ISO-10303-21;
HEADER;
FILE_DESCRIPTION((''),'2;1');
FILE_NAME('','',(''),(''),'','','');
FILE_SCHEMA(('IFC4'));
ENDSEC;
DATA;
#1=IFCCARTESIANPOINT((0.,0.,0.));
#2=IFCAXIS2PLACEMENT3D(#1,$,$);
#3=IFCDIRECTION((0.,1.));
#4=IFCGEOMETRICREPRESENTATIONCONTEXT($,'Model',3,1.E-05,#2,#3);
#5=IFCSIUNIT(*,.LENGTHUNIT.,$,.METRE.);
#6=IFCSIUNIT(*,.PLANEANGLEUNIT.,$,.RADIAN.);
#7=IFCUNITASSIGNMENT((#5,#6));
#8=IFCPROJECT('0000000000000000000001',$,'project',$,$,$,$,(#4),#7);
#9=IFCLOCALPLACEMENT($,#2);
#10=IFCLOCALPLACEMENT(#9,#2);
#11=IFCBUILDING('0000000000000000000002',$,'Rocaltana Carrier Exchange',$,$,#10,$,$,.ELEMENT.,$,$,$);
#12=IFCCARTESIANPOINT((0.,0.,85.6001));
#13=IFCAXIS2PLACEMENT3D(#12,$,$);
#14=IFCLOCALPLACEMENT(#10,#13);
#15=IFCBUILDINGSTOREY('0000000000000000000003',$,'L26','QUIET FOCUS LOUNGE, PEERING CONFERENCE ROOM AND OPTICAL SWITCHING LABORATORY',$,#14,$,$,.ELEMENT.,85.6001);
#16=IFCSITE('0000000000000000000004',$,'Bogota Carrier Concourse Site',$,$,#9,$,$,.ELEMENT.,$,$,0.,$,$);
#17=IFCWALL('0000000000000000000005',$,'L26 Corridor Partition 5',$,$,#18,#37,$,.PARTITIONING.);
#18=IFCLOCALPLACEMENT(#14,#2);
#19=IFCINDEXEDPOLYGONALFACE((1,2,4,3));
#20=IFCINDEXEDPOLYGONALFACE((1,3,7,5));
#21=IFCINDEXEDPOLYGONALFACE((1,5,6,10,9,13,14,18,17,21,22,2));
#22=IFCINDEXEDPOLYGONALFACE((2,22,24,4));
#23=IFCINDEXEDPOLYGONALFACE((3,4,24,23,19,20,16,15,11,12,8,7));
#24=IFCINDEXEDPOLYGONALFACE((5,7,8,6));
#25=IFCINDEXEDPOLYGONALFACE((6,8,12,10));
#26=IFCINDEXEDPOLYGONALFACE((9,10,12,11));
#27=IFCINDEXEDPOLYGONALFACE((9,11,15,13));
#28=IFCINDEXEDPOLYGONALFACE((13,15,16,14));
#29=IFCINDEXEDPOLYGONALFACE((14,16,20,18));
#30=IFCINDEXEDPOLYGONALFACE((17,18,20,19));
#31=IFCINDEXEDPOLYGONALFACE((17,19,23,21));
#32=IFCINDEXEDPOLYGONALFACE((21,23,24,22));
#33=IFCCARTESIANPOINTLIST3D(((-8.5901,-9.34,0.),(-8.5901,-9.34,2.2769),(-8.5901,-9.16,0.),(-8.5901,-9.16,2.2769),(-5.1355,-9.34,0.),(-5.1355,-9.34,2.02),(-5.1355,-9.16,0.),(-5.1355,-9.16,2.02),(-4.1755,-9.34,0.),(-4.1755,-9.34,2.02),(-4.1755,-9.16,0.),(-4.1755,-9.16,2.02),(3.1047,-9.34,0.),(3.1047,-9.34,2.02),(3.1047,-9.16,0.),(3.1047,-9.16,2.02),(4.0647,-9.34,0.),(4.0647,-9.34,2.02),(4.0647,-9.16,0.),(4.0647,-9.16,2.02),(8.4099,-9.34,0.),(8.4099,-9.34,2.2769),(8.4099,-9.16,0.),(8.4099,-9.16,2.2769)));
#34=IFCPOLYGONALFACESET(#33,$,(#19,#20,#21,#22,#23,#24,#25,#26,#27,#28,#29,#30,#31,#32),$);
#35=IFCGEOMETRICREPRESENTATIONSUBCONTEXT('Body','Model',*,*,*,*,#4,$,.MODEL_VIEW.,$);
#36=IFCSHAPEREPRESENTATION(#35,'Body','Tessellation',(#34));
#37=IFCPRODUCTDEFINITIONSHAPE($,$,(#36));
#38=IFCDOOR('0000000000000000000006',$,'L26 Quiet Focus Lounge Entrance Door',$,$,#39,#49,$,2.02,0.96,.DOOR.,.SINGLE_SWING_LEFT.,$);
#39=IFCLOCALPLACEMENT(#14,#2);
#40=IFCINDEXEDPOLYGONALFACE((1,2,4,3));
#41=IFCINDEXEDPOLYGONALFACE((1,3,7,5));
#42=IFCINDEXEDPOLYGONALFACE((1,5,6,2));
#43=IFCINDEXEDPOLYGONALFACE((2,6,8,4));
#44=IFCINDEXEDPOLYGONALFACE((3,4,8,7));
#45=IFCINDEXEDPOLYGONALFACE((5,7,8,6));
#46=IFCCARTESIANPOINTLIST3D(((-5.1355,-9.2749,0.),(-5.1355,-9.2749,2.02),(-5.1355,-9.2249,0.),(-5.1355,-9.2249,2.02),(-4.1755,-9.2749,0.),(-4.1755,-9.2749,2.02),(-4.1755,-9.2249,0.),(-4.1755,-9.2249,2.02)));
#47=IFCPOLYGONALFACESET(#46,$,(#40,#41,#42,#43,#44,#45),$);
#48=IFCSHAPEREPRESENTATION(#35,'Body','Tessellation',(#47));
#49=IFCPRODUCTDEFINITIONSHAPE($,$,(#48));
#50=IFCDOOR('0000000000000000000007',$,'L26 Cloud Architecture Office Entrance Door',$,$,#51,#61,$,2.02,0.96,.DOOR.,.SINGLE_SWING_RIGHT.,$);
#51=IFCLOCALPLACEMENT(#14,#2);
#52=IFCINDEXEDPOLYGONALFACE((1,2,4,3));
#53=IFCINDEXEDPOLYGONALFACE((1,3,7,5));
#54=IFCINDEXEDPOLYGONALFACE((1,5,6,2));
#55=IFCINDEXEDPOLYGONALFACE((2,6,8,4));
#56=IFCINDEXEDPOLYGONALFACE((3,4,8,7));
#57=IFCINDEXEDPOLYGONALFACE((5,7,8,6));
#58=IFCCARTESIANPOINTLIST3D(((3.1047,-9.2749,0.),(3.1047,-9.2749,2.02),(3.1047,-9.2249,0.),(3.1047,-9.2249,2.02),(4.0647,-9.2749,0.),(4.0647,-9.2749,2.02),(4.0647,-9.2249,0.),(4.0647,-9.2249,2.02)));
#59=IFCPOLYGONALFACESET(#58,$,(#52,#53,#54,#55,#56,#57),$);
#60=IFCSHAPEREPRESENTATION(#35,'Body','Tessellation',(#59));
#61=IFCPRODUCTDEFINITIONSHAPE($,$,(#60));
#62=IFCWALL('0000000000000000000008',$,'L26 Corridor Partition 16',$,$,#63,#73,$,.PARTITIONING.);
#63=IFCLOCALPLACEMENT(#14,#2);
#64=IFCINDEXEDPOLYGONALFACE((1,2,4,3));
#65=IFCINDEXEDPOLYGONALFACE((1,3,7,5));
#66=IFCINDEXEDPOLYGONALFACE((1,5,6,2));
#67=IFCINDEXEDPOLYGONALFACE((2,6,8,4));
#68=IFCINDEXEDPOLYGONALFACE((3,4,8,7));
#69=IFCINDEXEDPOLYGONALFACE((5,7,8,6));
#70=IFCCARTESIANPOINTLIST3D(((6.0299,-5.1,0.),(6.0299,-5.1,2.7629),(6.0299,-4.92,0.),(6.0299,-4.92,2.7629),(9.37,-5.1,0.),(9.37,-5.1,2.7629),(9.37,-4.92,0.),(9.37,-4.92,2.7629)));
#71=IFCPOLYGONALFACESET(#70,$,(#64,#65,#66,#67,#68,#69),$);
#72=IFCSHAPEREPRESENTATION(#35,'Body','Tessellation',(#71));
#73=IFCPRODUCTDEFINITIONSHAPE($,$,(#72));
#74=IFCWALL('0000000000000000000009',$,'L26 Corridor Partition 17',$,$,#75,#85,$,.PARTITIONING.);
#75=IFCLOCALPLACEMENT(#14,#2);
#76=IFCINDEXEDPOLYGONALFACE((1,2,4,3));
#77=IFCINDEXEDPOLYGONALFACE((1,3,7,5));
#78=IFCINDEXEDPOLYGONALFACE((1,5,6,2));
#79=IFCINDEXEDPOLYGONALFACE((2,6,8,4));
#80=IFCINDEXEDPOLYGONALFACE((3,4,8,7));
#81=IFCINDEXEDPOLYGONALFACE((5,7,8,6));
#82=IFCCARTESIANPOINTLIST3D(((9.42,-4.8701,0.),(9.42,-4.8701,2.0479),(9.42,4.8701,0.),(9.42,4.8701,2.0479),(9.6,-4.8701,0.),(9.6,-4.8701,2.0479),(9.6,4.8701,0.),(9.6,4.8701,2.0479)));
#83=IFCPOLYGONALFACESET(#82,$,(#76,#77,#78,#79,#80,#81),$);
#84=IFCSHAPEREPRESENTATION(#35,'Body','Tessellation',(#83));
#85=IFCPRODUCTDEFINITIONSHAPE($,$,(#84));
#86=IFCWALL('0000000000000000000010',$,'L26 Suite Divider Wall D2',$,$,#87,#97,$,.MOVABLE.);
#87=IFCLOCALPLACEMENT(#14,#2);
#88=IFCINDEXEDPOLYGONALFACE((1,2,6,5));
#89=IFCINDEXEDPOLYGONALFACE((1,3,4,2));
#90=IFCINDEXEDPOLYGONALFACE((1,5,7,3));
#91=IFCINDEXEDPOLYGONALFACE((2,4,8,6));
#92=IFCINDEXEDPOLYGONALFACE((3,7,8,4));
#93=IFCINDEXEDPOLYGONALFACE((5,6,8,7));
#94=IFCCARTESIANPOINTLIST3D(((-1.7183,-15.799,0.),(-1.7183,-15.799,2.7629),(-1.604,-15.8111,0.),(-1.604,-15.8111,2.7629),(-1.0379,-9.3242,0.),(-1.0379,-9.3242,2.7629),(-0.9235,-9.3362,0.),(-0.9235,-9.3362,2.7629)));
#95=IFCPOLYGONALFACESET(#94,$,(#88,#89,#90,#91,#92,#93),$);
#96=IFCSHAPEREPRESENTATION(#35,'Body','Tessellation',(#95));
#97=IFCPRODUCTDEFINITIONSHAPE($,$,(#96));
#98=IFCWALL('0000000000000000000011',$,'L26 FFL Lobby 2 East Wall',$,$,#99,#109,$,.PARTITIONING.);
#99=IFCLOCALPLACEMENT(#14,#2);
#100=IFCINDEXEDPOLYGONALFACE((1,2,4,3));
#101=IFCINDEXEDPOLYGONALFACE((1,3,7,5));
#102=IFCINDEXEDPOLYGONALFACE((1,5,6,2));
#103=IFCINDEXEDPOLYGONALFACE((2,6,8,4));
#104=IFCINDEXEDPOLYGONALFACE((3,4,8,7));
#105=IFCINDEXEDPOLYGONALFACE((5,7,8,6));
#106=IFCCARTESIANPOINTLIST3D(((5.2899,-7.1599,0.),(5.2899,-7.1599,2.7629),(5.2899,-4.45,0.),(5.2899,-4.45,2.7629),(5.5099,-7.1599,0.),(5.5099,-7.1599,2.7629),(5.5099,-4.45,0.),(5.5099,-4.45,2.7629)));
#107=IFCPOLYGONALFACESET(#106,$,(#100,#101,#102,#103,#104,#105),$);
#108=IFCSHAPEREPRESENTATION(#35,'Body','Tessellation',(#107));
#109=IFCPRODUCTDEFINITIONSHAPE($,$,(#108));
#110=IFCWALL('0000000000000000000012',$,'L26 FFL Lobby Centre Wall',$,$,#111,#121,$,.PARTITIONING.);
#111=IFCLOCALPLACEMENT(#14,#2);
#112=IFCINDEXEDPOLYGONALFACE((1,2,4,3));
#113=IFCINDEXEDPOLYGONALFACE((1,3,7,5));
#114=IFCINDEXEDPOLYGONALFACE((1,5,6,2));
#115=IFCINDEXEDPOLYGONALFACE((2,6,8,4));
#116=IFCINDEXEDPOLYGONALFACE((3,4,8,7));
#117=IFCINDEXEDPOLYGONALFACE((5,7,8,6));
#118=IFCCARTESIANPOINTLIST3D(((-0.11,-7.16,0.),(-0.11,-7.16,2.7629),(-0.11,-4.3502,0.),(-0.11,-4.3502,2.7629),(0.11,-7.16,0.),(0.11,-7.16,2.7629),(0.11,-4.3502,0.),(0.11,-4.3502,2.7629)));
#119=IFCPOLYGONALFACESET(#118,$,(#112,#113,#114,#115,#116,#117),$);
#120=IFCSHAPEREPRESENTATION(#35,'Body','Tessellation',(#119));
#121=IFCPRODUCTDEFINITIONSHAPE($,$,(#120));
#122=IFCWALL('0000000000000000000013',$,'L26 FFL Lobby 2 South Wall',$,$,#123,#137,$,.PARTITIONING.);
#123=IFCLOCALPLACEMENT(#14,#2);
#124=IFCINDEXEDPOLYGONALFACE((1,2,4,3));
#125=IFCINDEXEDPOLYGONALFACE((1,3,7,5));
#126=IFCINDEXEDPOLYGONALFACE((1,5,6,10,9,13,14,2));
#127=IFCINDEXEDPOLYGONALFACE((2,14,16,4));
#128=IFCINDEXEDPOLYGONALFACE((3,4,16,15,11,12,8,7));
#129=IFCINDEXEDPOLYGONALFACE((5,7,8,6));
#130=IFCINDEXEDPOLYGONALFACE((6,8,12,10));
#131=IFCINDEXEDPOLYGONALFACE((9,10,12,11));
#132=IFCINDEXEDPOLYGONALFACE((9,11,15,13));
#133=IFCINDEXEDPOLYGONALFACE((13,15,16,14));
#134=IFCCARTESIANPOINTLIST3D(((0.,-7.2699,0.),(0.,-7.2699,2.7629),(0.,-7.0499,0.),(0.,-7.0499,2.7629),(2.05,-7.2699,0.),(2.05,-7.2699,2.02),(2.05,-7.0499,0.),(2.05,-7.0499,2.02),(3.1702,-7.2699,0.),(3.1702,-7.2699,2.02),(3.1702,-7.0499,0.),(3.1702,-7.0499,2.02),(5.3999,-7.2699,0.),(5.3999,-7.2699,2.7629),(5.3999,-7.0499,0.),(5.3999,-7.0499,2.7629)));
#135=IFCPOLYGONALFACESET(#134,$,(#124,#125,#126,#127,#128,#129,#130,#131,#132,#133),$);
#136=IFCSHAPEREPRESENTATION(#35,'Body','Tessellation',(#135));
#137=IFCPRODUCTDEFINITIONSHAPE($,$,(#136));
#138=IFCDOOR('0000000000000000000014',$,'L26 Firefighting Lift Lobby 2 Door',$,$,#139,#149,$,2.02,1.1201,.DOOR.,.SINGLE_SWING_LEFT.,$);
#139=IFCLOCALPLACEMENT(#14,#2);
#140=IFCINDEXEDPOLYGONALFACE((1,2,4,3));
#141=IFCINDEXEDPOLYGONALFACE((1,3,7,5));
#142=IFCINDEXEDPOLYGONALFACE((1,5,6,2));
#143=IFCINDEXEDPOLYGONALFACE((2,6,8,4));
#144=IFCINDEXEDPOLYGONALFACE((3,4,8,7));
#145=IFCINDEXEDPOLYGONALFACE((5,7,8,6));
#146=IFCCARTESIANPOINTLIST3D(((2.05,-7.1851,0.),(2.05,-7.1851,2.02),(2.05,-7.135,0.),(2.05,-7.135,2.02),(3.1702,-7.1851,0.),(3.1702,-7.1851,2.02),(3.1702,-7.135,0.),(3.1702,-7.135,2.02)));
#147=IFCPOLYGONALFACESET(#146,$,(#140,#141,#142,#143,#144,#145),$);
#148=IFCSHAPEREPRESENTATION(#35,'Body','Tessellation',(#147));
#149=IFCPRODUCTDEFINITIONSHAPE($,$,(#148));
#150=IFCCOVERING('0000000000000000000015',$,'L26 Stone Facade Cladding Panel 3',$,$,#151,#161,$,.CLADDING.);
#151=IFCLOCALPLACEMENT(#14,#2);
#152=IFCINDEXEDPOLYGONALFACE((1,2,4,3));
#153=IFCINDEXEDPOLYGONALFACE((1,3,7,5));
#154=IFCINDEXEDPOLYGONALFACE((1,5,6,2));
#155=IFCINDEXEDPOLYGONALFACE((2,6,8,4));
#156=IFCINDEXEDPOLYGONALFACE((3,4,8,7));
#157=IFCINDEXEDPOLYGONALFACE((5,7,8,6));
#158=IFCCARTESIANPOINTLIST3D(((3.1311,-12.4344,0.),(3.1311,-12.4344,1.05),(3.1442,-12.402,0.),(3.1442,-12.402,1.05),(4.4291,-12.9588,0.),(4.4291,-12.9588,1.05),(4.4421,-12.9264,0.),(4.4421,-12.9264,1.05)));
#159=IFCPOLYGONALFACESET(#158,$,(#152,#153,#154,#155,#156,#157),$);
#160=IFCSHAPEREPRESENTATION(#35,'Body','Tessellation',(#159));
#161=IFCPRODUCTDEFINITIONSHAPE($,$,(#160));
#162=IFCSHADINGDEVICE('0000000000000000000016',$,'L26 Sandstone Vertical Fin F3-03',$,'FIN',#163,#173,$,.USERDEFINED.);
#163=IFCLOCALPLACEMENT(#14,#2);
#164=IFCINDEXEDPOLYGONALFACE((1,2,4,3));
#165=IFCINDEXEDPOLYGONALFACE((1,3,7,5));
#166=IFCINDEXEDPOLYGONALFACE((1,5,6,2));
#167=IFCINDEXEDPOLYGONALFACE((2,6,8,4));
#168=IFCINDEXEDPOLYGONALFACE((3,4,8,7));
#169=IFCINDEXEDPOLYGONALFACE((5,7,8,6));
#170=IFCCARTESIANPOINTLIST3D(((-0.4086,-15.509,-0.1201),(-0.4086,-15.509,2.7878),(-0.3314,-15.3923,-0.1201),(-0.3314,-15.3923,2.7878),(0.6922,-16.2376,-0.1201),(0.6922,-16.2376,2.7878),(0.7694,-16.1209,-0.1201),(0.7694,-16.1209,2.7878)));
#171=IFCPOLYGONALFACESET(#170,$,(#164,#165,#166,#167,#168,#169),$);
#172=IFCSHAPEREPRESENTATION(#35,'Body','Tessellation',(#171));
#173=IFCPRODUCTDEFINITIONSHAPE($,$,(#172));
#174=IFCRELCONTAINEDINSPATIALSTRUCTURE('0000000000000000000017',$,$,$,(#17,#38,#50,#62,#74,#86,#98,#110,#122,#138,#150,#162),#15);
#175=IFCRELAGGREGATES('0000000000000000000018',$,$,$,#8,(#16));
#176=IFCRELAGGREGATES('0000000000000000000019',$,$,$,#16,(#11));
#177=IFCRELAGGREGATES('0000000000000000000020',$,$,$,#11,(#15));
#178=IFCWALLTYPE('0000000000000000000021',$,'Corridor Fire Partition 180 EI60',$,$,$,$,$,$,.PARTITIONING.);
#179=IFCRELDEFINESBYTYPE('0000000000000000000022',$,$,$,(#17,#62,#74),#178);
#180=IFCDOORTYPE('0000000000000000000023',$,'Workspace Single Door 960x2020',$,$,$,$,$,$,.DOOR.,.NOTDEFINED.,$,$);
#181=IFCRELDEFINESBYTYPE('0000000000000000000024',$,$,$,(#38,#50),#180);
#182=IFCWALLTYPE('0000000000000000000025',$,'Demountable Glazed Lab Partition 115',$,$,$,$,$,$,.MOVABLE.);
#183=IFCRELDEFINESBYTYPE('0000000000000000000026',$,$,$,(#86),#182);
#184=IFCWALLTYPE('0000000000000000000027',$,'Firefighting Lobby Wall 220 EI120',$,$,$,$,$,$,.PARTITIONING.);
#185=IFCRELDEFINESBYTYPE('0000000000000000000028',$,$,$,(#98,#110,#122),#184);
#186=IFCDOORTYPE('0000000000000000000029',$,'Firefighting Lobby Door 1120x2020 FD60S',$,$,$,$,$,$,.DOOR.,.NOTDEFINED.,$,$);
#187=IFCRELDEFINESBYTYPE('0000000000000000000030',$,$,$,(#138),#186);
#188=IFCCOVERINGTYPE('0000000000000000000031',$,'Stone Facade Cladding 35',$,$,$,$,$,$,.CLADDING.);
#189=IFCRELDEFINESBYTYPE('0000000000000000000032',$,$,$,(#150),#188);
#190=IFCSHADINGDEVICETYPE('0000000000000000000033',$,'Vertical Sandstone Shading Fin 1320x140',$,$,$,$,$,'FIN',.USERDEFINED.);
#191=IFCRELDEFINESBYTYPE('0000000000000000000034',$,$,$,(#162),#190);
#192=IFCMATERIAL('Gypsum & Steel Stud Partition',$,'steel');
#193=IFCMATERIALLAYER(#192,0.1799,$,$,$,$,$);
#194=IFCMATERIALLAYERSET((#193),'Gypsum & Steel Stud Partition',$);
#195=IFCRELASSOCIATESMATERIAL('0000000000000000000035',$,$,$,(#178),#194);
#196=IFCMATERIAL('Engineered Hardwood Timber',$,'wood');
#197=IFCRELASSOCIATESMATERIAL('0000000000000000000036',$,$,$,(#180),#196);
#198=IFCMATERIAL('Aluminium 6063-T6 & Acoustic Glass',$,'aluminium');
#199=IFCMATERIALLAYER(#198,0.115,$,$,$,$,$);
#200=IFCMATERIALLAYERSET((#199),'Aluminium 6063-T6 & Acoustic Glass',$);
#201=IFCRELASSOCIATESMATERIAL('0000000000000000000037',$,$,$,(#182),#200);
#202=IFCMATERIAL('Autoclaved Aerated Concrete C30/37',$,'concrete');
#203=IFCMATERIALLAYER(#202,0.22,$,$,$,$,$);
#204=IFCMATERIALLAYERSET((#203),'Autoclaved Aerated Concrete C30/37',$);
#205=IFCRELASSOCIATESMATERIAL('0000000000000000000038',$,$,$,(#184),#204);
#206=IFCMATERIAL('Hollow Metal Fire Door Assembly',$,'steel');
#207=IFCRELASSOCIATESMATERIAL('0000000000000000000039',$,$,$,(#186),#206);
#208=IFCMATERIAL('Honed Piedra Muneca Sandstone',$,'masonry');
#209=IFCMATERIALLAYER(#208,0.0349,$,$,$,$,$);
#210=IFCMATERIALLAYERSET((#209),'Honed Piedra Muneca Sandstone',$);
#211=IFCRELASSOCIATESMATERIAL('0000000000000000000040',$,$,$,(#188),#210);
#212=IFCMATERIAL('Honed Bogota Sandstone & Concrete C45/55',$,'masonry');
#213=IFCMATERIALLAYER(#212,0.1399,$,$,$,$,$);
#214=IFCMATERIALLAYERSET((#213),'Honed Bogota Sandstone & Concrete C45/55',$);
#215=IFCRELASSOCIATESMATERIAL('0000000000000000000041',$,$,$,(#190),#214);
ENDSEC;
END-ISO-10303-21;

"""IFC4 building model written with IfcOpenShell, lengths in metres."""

from ifc_helpers import new_model, si_unit, direction, frame, frame_2d, origin, origin_2d, place, context, subcontext, project, spatial, rectangle, extrude, material, layer, layer_set, type_object, element, fill, save


model = new_model("IFC4")

# Units and contexts
model_context = context("Model", 3, precision=1e-05, world=origin(), true_north=direction((0.0, 1.0)))
body_context = subcontext(model_context, "Body", "Model", "MODEL_VIEW")
ifc_project = project(units=[si_unit("LENGTHUNIT", "METRE"), si_unit("PLANEANGLEUNIT", "RADIAN")], contexts=[model_context])

# Site, building, storey
site_placement = place(None, origin())
site = spatial("IfcSite", under=ifc_project, at=site_placement, Name="Bogota Carrier Concourse Site", CompositionType="ELEMENT", RefElevation=0.0)
building_placement = place(site_placement, origin())
building = spatial("IfcBuilding", under=site, at=building_placement, Name="Rocaltana Carrier Exchange", CompositionType="ELEMENT")
storey_placement = place(building_placement, frame((0.0, 0.0, 85.6001)))
storey = spatial("IfcBuildingStorey", under=building, at=storey_placement, Name="L26", Description="QUIET FOCUS LOUNGE, PEERING CONFERENCE ROOM AND OPTICAL SWITCHING LABORATORY", CompositionType="ELEMENT", Elevation=85.6001)

# Wall, openings, doors
ifc_material_1 = material(Name="Gypsum & Steel Stud Partition", Category="steel")
ifc_layer_1 = layer(ifc_material_1, 0.1799)
ifc_layer_set_1 = layer_set([ifc_layer_1], Name="Gypsum & Steel Stud Partition")
wall_type_1 = type_object("IfcWallType", Name="Corridor Fire Partition 180 EI60", PredefinedType="PARTITIONING", material=ifc_layer_set_1)
wall_1_placement = place(storey_placement, frame((8.4099, -9.25, 0.0), z_axis=(0.0, 0.0, 1.0), x_axis=(-1.0, 0.0, 0.0)))
wall_1 = element("IfcWall", 1, at=wall_1_placement, inside=storey, type_object=wall_type_1, Name="L26 Corridor Partition 5", PredefinedType="PARTITIONING", context=body_context, shape_type="SweptSolid", body=[
    extrude(rectangle(XDim=17.0, YDim=0.1799, at=frame_2d((8.5, 0.0))), origin(), (0.0, 0.0, 1.0), 2.2769),
])
opening_1_placement = place(wall_1_placement, frame((12.5854, 0.0, 0.0)))
opening_1 = element("IfcOpeningElement", 2, at=opening_1_placement, cuts=wall_1, PredefinedType="OPENING", context=body_context, shape_type="SweptSolid", body=[
    extrude(rectangle(XDim=0.96, YDim=2.02, at=frame_2d((0.48, 1.01))), frame((0.0, 0.0999, 0.0), z_axis=(0.0, -1.0, 0.0), x_axis=(1.0, 0.0, 0.0)), (0.0, 0.0, 1.0), 0.2),
])
opening_2_placement = place(wall_1_placement, frame((4.3452, 0.0, 0.0)))
opening_2 = element("IfcOpeningElement", 3, at=opening_2_placement, cuts=wall_1, PredefinedType="OPENING", context=body_context, shape_type="SweptSolid", body=[
    extrude(rectangle(XDim=0.96, YDim=2.02, at=frame_2d((0.48, 1.01))), frame((0.0, 0.0999, 0.0), z_axis=(0.0, -1.0, 0.0), x_axis=(1.0, 0.0, 0.0)), (0.0, 0.0, 1.0), 0.2),
])
ifc_material_2 = material(Name="Engineered Hardwood Timber", Category="wood")
door_type_1 = type_object("IfcDoorType", Name="Workspace Single Door 960x2020", OperationType="NOTDEFINED", PredefinedType="DOOR", material=ifc_material_2)
door_1_placement = place(opening_1_placement, origin())
door_1 = element("IfcDoor", 4, at=door_1_placement, inside=storey, type_object=door_type_1, Name="L26 Quiet Focus Lounge Entrance Door", OperationType="SINGLE_SWING_LEFT", OverallHeight=2.02, OverallWidth=0.96, PredefinedType="DOOR", context=body_context, shape_type="SweptSolid", body=[
    extrude(rectangle(XDim=0.96, YDim=2.02, at=frame_2d((0.48, 1.01))), frame((0.0, 0.0249, 0.0), z_axis=(0.0, -1.0, 0.0), x_axis=(1.0, 0.0, 0.0)), (0.0, 0.0, 1.0), 0.05),
])
fill(opening_1, door_1)
door_2_placement = place(opening_2_placement, origin())
door_2 = element("IfcDoor", 5, at=door_2_placement, inside=storey, type_object=door_type_1, Name="L26 Cloud Architecture Office Entrance Door", OperationType="SINGLE_SWING_RIGHT", OverallHeight=2.02, OverallWidth=0.96, PredefinedType="DOOR", context=body_context, shape_type="SweptSolid", body=[
    extrude(rectangle(XDim=0.96, YDim=2.02, at=frame_2d((0.48, 1.01))), frame((0.0, 0.0249, 0.0), z_axis=(0.0, -1.0, 0.0), x_axis=(1.0, 0.0, 0.0)), (0.0, 0.0, 1.0), 0.05),
])
fill(opening_2, door_2)

# Walls
wall_2_placement = place(storey_placement, frame((6.03, -5.01, 0.0), z_axis=(0.0, 0.0, 1.0), x_axis=(1.0, 0.0, 0.0)))
element("IfcWall", 6, at=wall_2_placement, inside=storey, type_object=wall_type_1, Name="L26 Corridor Partition 16", PredefinedType="PARTITIONING", context=body_context, shape_type="SweptSolid", body=[
    extrude(rectangle(XDim=3.3401, YDim=0.1799, at=frame_2d((1.6699, 0.0))), origin(), (0.0, 0.0, 1.0), 2.7629),
])
wall_3_placement = place(storey_placement, frame((9.51, -4.8701, 0.0), z_axis=(0.0, 0.0, 1.0), x_axis=(0.0, 1.0, 0.0)))
element("IfcWall", 7, at=wall_3_placement, inside=storey, type_object=wall_type_1, Name="L26 Corridor Partition 17", PredefinedType="PARTITIONING", context=body_context, shape_type="SweptSolid", body=[
    extrude(rectangle(XDim=9.7402, YDim=0.1799, at=frame_2d((4.8701, 0.0))), origin(), (0.0, 0.0, 1.0), 2.0479),
])
ifc_material_3 = material(Name="Aluminium 6063-T6 & Acoustic Glass", Category="aluminium")
ifc_layer_2 = layer(ifc_material_3, 0.115)
ifc_layer_set_2 = layer_set([ifc_layer_2], Name="Aluminium 6063-T6 & Acoustic Glass")
wall_type_2 = type_object("IfcWallType", Name="Demountable Glazed Lab Partition 115", PredefinedType="MOVABLE", material=ifc_layer_set_2)
wall_4_placement = place(storey_placement, frame((-0.9807, -9.3301, 0.0), z_axis=(0.0, 0.0, 1.0), x_axis=(-0.104511, -0.994524, 0.0)))
element("IfcWall", 8, at=wall_4_placement, inside=storey, type_object=wall_type_2, Name="L26 Suite Divider Wall D2", PredefinedType="MOVABLE", context=body_context, shape_type="SweptSolid", body=[
    extrude(rectangle(XDim=6.5105, YDim=0.115, at=frame_2d((3.2554, 0.0))), origin(), (0.0, 0.0, 1.0), 2.7629),
])
ifc_material_4 = material(Name="Autoclaved Aerated Concrete C30/37", Category="concrete")
ifc_layer_3 = layer(ifc_material_4, 0.22)
ifc_layer_set_3 = layer_set([ifc_layer_3], Name="Autoclaved Aerated Concrete C30/37")
wall_type_3 = type_object("IfcWallType", Name="Firefighting Lobby Wall 220 EI120", PredefinedType="PARTITIONING", material=ifc_layer_set_3)
wall_5_placement = place(storey_placement, frame((5.3999, -7.1599, 0.0), z_axis=(0.0, 0.0, 1.0), x_axis=(0.0, 1.0, 0.0)))
element("IfcWall", 9, at=wall_5_placement, inside=storey, type_object=wall_type_3, Name="L26 FFL Lobby 2 East Wall", PredefinedType="PARTITIONING", context=body_context, shape_type="SweptSolid", body=[
    extrude(rectangle(XDim=2.71, YDim=0.22, at=frame_2d((1.355, 0.0))), origin(), (0.0, 0.0, 1.0), 2.7629),
])
wall_6_placement = place(storey_placement, frame((0.0, -7.1599, 0.0), z_axis=(0.0, 0.0, 1.0), x_axis=(0.0, 1.0, 0.0)))
element("IfcWall", 10, at=wall_6_placement, inside=storey, type_object=wall_type_3, Name="L26 FFL Lobby Centre Wall", PredefinedType="PARTITIONING", context=body_context, shape_type="SweptSolid", body=[
    extrude(rectangle(XDim=2.8098, YDim=0.22, at=frame_2d((1.4048, 0.0))), origin(), (0.0, 0.0, 1.0), 2.7629),
])

# Wall, opening, door
wall_7_placement = place(storey_placement, frame((0.0, -7.1599, 0.0), z_axis=(0.0, 0.0, 1.0), x_axis=(1.0, 0.0, 0.0)))
wall_7 = element("IfcWall", 11, at=wall_7_placement, inside=storey, type_object=wall_type_3, Name="L26 FFL Lobby 2 South Wall", PredefinedType="PARTITIONING", context=body_context, shape_type="SweptSolid", body=[
    extrude(rectangle(XDim=5.3999, YDim=0.22, at=frame_2d((2.7, 0.0))), origin(), (0.0, 0.0, 1.0), 2.7629),
])
opening_3_placement = place(wall_7_placement, frame((2.05, 0.0, 0.0)))
opening_3 = element("IfcOpeningElement", 12, at=opening_3_placement, cuts=wall_7, PredefinedType="OPENING", context=body_context, shape_type="SweptSolid", body=[
    extrude(rectangle(XDim=1.1201, YDim=2.02, at=frame_2d((0.5601, 1.01))), frame((0.0, 0.1199, 0.0), z_axis=(0.0, -1.0, 0.0), x_axis=(1.0, 0.0, 0.0)), (0.0, 0.0, 1.0), 0.24),
])
ifc_material_5 = material(Name="Hollow Metal Fire Door Assembly", Category="steel")
door_type_2 = type_object("IfcDoorType", Name="Firefighting Lobby Door 1120x2020 FD60S", OperationType="NOTDEFINED", PredefinedType="DOOR", material=ifc_material_5)
door_3_placement = place(opening_3_placement, origin())
door_3 = element("IfcDoor", 13, at=door_3_placement, inside=storey, type_object=door_type_2, Name="L26 Firefighting Lift Lobby 2 Door", OperationType="SINGLE_SWING_LEFT", OverallHeight=2.02, OverallWidth=1.1201, PredefinedType="DOOR", context=body_context, shape_type="SweptSolid", body=[
    extrude(rectangle(XDim=1.1201, YDim=2.02, at=frame_2d((0.5601, 1.01))), frame((0.0, 0.0249, 0.0), z_axis=(0.0, -1.0, 0.0), x_axis=(1.0, 0.0, 0.0)), (0.0, 0.0, 1.0), 0.05),
])
fill(opening_3, door_3)

# Covering
ifc_material_6 = material(Name="Honed Piedra Muneca Sandstone", Category="masonry")
ifc_layer_4 = layer(ifc_material_6, 0.0349)
ifc_layer_set_4 = layer_set([ifc_layer_4], Name="Honed Piedra Muneca Sandstone")
covering_type = type_object("IfcCoveringType", Name="Stone Facade Cladding 35", PredefinedType="CLADDING", material=ifc_layer_set_4)
covering_placement = place(storey_placement, frame((3.7866, -12.6804, 0.0), z_axis=(0.0, 0.0, 1.0), x_axis=(-0.927184, 0.374607, 0.0)))
element("IfcCovering", 14, at=covering_placement, inside=storey, type_object=covering_type, Name="L26 Stone Facade Cladding Panel 3", PredefinedType="CLADDING", context=body_context, shape_type="SweptSolid", body=[
    extrude(rectangle(XDim=1.3999, YDim=0.0349, at=origin_2d()), origin(), (0.0, 0.0, 1.0), 1.05),
])

# Shading device
ifc_material_7 = material(Name="Honed Bogota Sandstone & Concrete C45/55", Category="masonry")
ifc_layer_5 = layer(ifc_material_7, 0.1399)
ifc_layer_set_5 = layer_set([ifc_layer_5], Name="Honed Bogota Sandstone & Concrete C45/55")
shading_device_type = type_object("IfcShadingDeviceType", Name="Vertical Sandstone Shading Fin 1320x140", ElementType="FIN", PredefinedType="USERDEFINED", material=ifc_layer_set_5)
for number, where, z_axis, x_axis, name in (
    (15, (0.1804, -15.8149, -0.1201), (0.0, 0.0, 1.0), (0.833886, -0.551937, 0.0), "L26 Sandstone Vertical Fin F3-03"),
):
    element("IfcShadingDevice", number, at=place(storey_placement, frame(where, z_axis=z_axis, x_axis=x_axis)), inside=storey, type_object=shading_device_type, Name=name, ObjectType="FIN", PredefinedType="USERDEFINED", context=body_context, shape_type="SweptSolid", body=[
        extrude(rectangle(XDim=1.3201, YDim=0.1399, at=origin_2d()), origin(), (0.0, 0.0, 1.0), 2.908),
    ])

save(model, "model.ifc")
